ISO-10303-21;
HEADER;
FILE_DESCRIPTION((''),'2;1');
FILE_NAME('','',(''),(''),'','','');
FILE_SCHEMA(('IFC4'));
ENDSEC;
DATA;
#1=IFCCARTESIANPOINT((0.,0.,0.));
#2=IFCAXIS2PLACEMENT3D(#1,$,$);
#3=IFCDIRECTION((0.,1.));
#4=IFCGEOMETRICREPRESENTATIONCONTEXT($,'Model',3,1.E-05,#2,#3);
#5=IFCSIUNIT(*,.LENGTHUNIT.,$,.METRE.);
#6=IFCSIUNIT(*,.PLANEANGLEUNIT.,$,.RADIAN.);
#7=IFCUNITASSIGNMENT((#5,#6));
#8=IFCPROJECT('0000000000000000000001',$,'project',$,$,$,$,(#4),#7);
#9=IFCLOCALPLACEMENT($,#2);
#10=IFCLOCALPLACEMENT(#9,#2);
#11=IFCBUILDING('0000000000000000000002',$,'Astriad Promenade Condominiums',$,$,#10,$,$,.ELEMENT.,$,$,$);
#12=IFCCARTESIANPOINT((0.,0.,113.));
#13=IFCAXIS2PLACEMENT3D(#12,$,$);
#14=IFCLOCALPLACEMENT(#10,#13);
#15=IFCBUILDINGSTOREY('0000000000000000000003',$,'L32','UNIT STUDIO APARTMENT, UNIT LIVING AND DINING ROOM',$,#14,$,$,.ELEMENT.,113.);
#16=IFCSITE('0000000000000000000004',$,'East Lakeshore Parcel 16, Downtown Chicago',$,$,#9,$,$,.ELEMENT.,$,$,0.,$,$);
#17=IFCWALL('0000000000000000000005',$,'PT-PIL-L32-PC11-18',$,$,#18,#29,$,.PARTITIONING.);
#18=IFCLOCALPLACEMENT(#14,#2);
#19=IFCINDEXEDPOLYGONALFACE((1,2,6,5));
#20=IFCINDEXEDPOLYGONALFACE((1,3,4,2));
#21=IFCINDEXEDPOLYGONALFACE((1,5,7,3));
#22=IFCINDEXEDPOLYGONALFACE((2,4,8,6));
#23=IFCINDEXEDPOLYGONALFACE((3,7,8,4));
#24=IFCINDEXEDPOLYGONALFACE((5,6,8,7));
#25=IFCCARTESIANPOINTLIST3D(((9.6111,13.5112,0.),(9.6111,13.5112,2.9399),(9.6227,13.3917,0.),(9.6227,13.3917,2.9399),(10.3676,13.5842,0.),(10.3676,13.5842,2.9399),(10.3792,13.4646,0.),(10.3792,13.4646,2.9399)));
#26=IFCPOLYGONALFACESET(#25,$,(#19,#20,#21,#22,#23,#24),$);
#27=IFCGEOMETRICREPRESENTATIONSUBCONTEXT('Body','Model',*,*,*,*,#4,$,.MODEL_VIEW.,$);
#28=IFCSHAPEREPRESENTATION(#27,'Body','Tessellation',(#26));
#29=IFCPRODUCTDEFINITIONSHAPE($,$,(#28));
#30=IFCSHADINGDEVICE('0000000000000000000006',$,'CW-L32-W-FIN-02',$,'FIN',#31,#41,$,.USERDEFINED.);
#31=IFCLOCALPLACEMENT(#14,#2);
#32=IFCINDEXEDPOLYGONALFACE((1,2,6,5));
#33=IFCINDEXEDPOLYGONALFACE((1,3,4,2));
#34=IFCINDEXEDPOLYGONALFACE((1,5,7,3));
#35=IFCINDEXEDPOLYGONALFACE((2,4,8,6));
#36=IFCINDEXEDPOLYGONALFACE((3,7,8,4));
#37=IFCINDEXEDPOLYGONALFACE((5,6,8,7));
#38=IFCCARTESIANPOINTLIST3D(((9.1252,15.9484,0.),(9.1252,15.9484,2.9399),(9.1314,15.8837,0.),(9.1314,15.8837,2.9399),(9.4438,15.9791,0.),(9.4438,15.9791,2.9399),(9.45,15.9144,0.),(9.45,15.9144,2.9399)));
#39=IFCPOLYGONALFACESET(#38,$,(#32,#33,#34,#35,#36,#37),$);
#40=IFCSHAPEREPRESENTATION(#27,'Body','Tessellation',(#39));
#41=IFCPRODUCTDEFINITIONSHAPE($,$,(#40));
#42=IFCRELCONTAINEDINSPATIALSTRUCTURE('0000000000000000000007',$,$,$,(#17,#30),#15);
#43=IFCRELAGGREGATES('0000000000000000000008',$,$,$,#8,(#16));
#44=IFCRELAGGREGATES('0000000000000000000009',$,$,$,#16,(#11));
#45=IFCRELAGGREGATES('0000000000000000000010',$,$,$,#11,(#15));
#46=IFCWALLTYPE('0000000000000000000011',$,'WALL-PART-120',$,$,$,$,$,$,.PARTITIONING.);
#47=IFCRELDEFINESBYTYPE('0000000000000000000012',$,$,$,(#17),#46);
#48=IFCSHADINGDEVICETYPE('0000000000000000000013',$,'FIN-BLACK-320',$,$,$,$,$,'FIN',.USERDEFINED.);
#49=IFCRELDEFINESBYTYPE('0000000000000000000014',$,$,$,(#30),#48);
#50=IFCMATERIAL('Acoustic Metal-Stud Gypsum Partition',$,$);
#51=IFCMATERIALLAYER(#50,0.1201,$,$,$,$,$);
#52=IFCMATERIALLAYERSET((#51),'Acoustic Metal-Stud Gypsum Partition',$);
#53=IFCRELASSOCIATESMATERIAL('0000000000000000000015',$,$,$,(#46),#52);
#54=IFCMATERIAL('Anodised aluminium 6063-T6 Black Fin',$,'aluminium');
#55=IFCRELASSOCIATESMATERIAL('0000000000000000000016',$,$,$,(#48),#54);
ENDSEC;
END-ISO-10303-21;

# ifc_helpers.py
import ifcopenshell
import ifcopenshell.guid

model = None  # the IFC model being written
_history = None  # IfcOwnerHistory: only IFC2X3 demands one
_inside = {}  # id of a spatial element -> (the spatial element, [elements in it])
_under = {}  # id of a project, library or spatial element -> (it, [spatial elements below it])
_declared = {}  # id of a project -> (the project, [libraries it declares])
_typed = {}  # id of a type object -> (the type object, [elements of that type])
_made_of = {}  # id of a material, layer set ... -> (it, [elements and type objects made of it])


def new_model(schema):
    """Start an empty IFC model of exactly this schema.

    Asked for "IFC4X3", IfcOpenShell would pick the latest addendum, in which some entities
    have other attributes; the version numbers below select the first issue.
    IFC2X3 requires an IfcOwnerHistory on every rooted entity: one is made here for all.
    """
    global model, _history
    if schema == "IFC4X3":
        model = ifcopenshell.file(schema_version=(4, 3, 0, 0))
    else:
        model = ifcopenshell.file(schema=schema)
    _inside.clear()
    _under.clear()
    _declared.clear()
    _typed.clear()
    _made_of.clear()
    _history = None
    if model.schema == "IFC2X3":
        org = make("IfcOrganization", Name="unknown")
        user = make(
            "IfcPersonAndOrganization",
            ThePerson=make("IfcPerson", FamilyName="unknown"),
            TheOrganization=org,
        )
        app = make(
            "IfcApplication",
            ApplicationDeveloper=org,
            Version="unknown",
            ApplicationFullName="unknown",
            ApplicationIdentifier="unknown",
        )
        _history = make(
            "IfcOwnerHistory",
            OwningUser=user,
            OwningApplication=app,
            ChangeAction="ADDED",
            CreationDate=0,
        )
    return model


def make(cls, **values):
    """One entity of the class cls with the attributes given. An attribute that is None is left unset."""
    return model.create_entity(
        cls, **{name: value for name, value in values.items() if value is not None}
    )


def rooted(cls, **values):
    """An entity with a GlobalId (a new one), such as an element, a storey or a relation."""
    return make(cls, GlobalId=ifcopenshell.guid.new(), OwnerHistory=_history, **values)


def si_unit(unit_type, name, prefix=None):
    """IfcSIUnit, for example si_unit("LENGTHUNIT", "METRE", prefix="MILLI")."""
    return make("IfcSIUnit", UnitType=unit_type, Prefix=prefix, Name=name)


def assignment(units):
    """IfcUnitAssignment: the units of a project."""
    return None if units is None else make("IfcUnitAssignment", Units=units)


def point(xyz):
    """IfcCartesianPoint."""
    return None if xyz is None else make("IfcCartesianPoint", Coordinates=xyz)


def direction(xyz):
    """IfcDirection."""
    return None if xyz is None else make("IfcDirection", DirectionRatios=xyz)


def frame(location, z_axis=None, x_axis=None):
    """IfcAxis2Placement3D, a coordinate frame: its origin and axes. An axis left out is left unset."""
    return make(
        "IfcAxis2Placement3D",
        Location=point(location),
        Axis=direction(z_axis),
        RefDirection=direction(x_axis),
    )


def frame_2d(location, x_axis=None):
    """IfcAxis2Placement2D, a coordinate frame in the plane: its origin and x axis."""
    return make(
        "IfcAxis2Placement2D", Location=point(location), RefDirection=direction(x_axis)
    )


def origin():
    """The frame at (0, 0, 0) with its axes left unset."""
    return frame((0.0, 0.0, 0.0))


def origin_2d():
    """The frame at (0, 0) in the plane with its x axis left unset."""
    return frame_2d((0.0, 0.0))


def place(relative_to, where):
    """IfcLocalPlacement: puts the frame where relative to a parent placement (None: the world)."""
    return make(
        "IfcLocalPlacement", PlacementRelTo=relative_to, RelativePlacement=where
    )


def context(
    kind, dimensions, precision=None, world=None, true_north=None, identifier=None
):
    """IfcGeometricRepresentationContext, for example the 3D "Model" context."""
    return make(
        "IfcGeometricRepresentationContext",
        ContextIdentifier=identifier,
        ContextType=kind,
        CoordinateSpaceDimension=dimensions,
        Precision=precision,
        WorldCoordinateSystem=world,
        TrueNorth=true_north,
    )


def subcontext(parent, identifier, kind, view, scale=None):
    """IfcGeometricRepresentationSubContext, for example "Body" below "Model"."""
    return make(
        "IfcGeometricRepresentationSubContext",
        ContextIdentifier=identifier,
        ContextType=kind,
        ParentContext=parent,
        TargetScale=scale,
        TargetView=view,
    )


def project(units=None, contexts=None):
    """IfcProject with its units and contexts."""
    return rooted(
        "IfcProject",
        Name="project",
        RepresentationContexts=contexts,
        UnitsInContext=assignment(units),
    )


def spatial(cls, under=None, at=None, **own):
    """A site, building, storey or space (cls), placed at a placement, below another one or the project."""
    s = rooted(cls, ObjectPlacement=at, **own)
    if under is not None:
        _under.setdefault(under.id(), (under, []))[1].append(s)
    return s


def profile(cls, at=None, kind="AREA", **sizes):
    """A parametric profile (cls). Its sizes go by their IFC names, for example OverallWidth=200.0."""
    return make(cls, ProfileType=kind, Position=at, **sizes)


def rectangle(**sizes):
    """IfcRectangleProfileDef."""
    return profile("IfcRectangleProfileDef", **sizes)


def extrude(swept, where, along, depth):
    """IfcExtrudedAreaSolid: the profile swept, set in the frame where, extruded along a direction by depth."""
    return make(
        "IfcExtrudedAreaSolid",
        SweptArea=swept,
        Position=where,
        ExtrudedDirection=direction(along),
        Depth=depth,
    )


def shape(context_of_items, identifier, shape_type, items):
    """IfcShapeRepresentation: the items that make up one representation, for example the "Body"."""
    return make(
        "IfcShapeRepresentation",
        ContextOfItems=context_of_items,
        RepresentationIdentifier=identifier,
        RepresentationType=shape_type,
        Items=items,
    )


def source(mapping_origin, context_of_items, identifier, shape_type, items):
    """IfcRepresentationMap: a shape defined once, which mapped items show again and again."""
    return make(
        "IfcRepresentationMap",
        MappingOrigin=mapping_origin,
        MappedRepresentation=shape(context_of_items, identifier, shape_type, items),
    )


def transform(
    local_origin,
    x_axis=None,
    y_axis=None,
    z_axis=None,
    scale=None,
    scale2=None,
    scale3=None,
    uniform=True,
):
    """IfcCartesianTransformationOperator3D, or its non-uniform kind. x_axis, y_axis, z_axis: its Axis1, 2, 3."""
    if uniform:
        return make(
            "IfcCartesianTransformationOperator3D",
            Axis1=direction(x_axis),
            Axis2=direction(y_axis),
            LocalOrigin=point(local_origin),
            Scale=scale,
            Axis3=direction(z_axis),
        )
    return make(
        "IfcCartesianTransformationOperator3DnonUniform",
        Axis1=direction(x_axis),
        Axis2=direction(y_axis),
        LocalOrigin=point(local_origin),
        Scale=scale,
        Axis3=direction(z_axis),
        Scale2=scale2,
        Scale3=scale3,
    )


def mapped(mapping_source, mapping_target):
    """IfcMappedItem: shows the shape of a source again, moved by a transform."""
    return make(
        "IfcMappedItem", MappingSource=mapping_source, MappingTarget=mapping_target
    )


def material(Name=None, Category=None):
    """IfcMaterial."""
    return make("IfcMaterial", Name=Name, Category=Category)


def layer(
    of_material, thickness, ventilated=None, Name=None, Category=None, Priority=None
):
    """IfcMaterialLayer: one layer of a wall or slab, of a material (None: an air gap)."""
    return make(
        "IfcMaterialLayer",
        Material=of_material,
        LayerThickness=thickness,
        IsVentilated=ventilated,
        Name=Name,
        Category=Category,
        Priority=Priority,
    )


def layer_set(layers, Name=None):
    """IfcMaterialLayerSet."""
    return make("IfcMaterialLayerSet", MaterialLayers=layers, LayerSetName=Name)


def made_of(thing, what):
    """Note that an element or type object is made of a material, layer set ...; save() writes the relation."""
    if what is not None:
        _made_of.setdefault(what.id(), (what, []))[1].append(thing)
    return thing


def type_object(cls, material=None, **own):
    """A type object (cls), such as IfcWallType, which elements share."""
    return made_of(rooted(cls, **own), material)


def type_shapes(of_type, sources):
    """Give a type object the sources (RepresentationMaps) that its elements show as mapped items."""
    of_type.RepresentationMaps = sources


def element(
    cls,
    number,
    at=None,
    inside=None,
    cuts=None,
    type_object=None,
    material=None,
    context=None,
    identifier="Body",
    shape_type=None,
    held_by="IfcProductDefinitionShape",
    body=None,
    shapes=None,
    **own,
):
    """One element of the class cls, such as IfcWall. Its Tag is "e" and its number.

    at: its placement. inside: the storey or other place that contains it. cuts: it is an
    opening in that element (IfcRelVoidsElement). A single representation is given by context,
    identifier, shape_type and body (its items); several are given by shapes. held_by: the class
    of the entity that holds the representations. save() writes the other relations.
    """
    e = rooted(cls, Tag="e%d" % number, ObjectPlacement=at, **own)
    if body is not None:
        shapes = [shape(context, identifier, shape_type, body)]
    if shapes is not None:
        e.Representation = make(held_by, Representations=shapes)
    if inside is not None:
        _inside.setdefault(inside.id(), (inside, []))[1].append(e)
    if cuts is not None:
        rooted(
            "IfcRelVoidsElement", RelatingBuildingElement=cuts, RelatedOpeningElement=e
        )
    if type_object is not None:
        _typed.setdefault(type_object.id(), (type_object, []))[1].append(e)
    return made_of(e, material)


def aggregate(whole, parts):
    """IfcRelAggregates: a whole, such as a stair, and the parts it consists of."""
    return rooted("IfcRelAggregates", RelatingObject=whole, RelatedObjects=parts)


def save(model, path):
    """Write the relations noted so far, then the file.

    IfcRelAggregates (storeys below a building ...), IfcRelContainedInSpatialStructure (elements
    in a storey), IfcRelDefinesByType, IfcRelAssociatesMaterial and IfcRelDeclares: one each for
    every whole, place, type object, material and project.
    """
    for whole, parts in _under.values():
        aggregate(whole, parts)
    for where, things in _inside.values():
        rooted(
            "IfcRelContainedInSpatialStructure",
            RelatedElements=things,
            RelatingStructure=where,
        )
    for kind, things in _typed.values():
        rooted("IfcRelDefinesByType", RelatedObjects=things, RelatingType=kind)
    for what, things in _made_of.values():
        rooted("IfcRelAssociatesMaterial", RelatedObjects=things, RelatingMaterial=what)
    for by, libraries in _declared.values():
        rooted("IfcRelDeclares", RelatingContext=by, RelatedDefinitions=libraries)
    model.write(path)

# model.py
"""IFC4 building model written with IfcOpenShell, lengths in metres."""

from ifc_helpers import new_model, si_unit, direction, frame, frame_2d, origin, origin_2d, place, context, subcontext, project, spatial, rectangle, extrude, source, transform, mapped, material, layer, layer_set, type_object, type_shapes, element, save


model = new_model("IFC4")

# Units and contexts
model_context = context("Model", 3, precision=1e-05, world=origin(), true_north=direction((0.0, 1.0)))
body_context = subcontext(model_context, "Body", "Model", "MODEL_VIEW")
ifc_project = project(units=[si_unit("LENGTHUNIT", "METRE"), si_unit("PLANEANGLEUNIT", "RADIAN")], contexts=[model_context])

# Site, building, storey
site_placement = place(None, origin())
site = spatial("IfcSite", under=ifc_project, at=site_placement, Name="East Lakeshore Parcel 16, Downtown Chicago", CompositionType="ELEMENT", RefElevation=0.0)
building_placement = place(site_placement, origin())
building = spatial("IfcBuilding", under=site, at=building_placement, Name="Astriad Promenade Condominiums", CompositionType="ELEMENT")
storey_placement = place(building_placement, frame((0.0, 0.0, 113.0)))
storey = spatial("IfcBuildingStorey", under=building, at=storey_placement, Name="L32", Description="UNIT STUDIO APARTMENT, UNIT LIVING AND DINING ROOM", CompositionType="ELEMENT", Elevation=113.0)

# Wall
ifc_material_1 = material(Name="Acoustic Metal-Stud Gypsum Partition")
ifc_layer_1 = layer(ifc_material_1, 0.1201)
ifc_layer_set_1 = layer_set([ifc_layer_1], Name="Acoustic Metal-Stud Gypsum Partition")
wall_type_1 = type_object("IfcWallType", Name="WALL-PART-120", PredefinedType="PARTITIONING", material=ifc_layer_set_1)
wall_1_placement = place(storey_placement, frame((10.3733, 13.5244, 0.0), z_axis=(0.0, 0.0, 1.0), x_axis=(-0.995378, -0.096037, 0.0)))
element("IfcWall", 1, at=wall_1_placement, inside=storey, type_object=wall_type_1, Name="PT-PIL-L32-PC11-18", PredefinedType="PARTITIONING", context=body_context, shape_type="SweptSolid", body=[
    extrude(rectangle(XDim=0.76, YDim=0.1201, at=frame_2d((0.3799, 0.0))), origin(), (0.0, 0.0, 1.0), 2.9399),
])

# Shading device
ifc_material_2 = material(Name="Anodised aluminium 6063-T6 Black Fin", Category="aluminium")
shading_device_type = type_object("IfcShadingDeviceType", Name="FIN-BLACK-320", ElementType="FIN", PredefinedType="USERDEFINED", material=ifc_material_2)
shared_shape_1 = source(origin(), body_context, "Body", "SweptSolid", [
    extrude(rectangle(XDim=0.0649, YDim=0.3201, at=origin_2d()), origin(), (0.0, 0.0, 1.0), 2.9399),
])
type_shapes(shading_device_type, [shared_shape_1])
shading_device_placement = place(storey_placement, frame((9.2876, 15.9314, 0.0), z_axis=(0.0, 0.0, 1.0), x_axis=(-0.095846, 0.995396, 0.0)))
element("IfcShadingDevice", 2, at=shading_device_placement, inside=storey, type_object=shading_device_type, Name="CW-L32-W-FIN-02", ObjectType="FIN", PredefinedType="USERDEFINED", context=body_context, shape_type="MappedRepresentation", body=[
    mapped(shared_shape_1, transform((0.0, 0.0, 0.0), scale=1.0)),
])

save(model, "model.ifc")
